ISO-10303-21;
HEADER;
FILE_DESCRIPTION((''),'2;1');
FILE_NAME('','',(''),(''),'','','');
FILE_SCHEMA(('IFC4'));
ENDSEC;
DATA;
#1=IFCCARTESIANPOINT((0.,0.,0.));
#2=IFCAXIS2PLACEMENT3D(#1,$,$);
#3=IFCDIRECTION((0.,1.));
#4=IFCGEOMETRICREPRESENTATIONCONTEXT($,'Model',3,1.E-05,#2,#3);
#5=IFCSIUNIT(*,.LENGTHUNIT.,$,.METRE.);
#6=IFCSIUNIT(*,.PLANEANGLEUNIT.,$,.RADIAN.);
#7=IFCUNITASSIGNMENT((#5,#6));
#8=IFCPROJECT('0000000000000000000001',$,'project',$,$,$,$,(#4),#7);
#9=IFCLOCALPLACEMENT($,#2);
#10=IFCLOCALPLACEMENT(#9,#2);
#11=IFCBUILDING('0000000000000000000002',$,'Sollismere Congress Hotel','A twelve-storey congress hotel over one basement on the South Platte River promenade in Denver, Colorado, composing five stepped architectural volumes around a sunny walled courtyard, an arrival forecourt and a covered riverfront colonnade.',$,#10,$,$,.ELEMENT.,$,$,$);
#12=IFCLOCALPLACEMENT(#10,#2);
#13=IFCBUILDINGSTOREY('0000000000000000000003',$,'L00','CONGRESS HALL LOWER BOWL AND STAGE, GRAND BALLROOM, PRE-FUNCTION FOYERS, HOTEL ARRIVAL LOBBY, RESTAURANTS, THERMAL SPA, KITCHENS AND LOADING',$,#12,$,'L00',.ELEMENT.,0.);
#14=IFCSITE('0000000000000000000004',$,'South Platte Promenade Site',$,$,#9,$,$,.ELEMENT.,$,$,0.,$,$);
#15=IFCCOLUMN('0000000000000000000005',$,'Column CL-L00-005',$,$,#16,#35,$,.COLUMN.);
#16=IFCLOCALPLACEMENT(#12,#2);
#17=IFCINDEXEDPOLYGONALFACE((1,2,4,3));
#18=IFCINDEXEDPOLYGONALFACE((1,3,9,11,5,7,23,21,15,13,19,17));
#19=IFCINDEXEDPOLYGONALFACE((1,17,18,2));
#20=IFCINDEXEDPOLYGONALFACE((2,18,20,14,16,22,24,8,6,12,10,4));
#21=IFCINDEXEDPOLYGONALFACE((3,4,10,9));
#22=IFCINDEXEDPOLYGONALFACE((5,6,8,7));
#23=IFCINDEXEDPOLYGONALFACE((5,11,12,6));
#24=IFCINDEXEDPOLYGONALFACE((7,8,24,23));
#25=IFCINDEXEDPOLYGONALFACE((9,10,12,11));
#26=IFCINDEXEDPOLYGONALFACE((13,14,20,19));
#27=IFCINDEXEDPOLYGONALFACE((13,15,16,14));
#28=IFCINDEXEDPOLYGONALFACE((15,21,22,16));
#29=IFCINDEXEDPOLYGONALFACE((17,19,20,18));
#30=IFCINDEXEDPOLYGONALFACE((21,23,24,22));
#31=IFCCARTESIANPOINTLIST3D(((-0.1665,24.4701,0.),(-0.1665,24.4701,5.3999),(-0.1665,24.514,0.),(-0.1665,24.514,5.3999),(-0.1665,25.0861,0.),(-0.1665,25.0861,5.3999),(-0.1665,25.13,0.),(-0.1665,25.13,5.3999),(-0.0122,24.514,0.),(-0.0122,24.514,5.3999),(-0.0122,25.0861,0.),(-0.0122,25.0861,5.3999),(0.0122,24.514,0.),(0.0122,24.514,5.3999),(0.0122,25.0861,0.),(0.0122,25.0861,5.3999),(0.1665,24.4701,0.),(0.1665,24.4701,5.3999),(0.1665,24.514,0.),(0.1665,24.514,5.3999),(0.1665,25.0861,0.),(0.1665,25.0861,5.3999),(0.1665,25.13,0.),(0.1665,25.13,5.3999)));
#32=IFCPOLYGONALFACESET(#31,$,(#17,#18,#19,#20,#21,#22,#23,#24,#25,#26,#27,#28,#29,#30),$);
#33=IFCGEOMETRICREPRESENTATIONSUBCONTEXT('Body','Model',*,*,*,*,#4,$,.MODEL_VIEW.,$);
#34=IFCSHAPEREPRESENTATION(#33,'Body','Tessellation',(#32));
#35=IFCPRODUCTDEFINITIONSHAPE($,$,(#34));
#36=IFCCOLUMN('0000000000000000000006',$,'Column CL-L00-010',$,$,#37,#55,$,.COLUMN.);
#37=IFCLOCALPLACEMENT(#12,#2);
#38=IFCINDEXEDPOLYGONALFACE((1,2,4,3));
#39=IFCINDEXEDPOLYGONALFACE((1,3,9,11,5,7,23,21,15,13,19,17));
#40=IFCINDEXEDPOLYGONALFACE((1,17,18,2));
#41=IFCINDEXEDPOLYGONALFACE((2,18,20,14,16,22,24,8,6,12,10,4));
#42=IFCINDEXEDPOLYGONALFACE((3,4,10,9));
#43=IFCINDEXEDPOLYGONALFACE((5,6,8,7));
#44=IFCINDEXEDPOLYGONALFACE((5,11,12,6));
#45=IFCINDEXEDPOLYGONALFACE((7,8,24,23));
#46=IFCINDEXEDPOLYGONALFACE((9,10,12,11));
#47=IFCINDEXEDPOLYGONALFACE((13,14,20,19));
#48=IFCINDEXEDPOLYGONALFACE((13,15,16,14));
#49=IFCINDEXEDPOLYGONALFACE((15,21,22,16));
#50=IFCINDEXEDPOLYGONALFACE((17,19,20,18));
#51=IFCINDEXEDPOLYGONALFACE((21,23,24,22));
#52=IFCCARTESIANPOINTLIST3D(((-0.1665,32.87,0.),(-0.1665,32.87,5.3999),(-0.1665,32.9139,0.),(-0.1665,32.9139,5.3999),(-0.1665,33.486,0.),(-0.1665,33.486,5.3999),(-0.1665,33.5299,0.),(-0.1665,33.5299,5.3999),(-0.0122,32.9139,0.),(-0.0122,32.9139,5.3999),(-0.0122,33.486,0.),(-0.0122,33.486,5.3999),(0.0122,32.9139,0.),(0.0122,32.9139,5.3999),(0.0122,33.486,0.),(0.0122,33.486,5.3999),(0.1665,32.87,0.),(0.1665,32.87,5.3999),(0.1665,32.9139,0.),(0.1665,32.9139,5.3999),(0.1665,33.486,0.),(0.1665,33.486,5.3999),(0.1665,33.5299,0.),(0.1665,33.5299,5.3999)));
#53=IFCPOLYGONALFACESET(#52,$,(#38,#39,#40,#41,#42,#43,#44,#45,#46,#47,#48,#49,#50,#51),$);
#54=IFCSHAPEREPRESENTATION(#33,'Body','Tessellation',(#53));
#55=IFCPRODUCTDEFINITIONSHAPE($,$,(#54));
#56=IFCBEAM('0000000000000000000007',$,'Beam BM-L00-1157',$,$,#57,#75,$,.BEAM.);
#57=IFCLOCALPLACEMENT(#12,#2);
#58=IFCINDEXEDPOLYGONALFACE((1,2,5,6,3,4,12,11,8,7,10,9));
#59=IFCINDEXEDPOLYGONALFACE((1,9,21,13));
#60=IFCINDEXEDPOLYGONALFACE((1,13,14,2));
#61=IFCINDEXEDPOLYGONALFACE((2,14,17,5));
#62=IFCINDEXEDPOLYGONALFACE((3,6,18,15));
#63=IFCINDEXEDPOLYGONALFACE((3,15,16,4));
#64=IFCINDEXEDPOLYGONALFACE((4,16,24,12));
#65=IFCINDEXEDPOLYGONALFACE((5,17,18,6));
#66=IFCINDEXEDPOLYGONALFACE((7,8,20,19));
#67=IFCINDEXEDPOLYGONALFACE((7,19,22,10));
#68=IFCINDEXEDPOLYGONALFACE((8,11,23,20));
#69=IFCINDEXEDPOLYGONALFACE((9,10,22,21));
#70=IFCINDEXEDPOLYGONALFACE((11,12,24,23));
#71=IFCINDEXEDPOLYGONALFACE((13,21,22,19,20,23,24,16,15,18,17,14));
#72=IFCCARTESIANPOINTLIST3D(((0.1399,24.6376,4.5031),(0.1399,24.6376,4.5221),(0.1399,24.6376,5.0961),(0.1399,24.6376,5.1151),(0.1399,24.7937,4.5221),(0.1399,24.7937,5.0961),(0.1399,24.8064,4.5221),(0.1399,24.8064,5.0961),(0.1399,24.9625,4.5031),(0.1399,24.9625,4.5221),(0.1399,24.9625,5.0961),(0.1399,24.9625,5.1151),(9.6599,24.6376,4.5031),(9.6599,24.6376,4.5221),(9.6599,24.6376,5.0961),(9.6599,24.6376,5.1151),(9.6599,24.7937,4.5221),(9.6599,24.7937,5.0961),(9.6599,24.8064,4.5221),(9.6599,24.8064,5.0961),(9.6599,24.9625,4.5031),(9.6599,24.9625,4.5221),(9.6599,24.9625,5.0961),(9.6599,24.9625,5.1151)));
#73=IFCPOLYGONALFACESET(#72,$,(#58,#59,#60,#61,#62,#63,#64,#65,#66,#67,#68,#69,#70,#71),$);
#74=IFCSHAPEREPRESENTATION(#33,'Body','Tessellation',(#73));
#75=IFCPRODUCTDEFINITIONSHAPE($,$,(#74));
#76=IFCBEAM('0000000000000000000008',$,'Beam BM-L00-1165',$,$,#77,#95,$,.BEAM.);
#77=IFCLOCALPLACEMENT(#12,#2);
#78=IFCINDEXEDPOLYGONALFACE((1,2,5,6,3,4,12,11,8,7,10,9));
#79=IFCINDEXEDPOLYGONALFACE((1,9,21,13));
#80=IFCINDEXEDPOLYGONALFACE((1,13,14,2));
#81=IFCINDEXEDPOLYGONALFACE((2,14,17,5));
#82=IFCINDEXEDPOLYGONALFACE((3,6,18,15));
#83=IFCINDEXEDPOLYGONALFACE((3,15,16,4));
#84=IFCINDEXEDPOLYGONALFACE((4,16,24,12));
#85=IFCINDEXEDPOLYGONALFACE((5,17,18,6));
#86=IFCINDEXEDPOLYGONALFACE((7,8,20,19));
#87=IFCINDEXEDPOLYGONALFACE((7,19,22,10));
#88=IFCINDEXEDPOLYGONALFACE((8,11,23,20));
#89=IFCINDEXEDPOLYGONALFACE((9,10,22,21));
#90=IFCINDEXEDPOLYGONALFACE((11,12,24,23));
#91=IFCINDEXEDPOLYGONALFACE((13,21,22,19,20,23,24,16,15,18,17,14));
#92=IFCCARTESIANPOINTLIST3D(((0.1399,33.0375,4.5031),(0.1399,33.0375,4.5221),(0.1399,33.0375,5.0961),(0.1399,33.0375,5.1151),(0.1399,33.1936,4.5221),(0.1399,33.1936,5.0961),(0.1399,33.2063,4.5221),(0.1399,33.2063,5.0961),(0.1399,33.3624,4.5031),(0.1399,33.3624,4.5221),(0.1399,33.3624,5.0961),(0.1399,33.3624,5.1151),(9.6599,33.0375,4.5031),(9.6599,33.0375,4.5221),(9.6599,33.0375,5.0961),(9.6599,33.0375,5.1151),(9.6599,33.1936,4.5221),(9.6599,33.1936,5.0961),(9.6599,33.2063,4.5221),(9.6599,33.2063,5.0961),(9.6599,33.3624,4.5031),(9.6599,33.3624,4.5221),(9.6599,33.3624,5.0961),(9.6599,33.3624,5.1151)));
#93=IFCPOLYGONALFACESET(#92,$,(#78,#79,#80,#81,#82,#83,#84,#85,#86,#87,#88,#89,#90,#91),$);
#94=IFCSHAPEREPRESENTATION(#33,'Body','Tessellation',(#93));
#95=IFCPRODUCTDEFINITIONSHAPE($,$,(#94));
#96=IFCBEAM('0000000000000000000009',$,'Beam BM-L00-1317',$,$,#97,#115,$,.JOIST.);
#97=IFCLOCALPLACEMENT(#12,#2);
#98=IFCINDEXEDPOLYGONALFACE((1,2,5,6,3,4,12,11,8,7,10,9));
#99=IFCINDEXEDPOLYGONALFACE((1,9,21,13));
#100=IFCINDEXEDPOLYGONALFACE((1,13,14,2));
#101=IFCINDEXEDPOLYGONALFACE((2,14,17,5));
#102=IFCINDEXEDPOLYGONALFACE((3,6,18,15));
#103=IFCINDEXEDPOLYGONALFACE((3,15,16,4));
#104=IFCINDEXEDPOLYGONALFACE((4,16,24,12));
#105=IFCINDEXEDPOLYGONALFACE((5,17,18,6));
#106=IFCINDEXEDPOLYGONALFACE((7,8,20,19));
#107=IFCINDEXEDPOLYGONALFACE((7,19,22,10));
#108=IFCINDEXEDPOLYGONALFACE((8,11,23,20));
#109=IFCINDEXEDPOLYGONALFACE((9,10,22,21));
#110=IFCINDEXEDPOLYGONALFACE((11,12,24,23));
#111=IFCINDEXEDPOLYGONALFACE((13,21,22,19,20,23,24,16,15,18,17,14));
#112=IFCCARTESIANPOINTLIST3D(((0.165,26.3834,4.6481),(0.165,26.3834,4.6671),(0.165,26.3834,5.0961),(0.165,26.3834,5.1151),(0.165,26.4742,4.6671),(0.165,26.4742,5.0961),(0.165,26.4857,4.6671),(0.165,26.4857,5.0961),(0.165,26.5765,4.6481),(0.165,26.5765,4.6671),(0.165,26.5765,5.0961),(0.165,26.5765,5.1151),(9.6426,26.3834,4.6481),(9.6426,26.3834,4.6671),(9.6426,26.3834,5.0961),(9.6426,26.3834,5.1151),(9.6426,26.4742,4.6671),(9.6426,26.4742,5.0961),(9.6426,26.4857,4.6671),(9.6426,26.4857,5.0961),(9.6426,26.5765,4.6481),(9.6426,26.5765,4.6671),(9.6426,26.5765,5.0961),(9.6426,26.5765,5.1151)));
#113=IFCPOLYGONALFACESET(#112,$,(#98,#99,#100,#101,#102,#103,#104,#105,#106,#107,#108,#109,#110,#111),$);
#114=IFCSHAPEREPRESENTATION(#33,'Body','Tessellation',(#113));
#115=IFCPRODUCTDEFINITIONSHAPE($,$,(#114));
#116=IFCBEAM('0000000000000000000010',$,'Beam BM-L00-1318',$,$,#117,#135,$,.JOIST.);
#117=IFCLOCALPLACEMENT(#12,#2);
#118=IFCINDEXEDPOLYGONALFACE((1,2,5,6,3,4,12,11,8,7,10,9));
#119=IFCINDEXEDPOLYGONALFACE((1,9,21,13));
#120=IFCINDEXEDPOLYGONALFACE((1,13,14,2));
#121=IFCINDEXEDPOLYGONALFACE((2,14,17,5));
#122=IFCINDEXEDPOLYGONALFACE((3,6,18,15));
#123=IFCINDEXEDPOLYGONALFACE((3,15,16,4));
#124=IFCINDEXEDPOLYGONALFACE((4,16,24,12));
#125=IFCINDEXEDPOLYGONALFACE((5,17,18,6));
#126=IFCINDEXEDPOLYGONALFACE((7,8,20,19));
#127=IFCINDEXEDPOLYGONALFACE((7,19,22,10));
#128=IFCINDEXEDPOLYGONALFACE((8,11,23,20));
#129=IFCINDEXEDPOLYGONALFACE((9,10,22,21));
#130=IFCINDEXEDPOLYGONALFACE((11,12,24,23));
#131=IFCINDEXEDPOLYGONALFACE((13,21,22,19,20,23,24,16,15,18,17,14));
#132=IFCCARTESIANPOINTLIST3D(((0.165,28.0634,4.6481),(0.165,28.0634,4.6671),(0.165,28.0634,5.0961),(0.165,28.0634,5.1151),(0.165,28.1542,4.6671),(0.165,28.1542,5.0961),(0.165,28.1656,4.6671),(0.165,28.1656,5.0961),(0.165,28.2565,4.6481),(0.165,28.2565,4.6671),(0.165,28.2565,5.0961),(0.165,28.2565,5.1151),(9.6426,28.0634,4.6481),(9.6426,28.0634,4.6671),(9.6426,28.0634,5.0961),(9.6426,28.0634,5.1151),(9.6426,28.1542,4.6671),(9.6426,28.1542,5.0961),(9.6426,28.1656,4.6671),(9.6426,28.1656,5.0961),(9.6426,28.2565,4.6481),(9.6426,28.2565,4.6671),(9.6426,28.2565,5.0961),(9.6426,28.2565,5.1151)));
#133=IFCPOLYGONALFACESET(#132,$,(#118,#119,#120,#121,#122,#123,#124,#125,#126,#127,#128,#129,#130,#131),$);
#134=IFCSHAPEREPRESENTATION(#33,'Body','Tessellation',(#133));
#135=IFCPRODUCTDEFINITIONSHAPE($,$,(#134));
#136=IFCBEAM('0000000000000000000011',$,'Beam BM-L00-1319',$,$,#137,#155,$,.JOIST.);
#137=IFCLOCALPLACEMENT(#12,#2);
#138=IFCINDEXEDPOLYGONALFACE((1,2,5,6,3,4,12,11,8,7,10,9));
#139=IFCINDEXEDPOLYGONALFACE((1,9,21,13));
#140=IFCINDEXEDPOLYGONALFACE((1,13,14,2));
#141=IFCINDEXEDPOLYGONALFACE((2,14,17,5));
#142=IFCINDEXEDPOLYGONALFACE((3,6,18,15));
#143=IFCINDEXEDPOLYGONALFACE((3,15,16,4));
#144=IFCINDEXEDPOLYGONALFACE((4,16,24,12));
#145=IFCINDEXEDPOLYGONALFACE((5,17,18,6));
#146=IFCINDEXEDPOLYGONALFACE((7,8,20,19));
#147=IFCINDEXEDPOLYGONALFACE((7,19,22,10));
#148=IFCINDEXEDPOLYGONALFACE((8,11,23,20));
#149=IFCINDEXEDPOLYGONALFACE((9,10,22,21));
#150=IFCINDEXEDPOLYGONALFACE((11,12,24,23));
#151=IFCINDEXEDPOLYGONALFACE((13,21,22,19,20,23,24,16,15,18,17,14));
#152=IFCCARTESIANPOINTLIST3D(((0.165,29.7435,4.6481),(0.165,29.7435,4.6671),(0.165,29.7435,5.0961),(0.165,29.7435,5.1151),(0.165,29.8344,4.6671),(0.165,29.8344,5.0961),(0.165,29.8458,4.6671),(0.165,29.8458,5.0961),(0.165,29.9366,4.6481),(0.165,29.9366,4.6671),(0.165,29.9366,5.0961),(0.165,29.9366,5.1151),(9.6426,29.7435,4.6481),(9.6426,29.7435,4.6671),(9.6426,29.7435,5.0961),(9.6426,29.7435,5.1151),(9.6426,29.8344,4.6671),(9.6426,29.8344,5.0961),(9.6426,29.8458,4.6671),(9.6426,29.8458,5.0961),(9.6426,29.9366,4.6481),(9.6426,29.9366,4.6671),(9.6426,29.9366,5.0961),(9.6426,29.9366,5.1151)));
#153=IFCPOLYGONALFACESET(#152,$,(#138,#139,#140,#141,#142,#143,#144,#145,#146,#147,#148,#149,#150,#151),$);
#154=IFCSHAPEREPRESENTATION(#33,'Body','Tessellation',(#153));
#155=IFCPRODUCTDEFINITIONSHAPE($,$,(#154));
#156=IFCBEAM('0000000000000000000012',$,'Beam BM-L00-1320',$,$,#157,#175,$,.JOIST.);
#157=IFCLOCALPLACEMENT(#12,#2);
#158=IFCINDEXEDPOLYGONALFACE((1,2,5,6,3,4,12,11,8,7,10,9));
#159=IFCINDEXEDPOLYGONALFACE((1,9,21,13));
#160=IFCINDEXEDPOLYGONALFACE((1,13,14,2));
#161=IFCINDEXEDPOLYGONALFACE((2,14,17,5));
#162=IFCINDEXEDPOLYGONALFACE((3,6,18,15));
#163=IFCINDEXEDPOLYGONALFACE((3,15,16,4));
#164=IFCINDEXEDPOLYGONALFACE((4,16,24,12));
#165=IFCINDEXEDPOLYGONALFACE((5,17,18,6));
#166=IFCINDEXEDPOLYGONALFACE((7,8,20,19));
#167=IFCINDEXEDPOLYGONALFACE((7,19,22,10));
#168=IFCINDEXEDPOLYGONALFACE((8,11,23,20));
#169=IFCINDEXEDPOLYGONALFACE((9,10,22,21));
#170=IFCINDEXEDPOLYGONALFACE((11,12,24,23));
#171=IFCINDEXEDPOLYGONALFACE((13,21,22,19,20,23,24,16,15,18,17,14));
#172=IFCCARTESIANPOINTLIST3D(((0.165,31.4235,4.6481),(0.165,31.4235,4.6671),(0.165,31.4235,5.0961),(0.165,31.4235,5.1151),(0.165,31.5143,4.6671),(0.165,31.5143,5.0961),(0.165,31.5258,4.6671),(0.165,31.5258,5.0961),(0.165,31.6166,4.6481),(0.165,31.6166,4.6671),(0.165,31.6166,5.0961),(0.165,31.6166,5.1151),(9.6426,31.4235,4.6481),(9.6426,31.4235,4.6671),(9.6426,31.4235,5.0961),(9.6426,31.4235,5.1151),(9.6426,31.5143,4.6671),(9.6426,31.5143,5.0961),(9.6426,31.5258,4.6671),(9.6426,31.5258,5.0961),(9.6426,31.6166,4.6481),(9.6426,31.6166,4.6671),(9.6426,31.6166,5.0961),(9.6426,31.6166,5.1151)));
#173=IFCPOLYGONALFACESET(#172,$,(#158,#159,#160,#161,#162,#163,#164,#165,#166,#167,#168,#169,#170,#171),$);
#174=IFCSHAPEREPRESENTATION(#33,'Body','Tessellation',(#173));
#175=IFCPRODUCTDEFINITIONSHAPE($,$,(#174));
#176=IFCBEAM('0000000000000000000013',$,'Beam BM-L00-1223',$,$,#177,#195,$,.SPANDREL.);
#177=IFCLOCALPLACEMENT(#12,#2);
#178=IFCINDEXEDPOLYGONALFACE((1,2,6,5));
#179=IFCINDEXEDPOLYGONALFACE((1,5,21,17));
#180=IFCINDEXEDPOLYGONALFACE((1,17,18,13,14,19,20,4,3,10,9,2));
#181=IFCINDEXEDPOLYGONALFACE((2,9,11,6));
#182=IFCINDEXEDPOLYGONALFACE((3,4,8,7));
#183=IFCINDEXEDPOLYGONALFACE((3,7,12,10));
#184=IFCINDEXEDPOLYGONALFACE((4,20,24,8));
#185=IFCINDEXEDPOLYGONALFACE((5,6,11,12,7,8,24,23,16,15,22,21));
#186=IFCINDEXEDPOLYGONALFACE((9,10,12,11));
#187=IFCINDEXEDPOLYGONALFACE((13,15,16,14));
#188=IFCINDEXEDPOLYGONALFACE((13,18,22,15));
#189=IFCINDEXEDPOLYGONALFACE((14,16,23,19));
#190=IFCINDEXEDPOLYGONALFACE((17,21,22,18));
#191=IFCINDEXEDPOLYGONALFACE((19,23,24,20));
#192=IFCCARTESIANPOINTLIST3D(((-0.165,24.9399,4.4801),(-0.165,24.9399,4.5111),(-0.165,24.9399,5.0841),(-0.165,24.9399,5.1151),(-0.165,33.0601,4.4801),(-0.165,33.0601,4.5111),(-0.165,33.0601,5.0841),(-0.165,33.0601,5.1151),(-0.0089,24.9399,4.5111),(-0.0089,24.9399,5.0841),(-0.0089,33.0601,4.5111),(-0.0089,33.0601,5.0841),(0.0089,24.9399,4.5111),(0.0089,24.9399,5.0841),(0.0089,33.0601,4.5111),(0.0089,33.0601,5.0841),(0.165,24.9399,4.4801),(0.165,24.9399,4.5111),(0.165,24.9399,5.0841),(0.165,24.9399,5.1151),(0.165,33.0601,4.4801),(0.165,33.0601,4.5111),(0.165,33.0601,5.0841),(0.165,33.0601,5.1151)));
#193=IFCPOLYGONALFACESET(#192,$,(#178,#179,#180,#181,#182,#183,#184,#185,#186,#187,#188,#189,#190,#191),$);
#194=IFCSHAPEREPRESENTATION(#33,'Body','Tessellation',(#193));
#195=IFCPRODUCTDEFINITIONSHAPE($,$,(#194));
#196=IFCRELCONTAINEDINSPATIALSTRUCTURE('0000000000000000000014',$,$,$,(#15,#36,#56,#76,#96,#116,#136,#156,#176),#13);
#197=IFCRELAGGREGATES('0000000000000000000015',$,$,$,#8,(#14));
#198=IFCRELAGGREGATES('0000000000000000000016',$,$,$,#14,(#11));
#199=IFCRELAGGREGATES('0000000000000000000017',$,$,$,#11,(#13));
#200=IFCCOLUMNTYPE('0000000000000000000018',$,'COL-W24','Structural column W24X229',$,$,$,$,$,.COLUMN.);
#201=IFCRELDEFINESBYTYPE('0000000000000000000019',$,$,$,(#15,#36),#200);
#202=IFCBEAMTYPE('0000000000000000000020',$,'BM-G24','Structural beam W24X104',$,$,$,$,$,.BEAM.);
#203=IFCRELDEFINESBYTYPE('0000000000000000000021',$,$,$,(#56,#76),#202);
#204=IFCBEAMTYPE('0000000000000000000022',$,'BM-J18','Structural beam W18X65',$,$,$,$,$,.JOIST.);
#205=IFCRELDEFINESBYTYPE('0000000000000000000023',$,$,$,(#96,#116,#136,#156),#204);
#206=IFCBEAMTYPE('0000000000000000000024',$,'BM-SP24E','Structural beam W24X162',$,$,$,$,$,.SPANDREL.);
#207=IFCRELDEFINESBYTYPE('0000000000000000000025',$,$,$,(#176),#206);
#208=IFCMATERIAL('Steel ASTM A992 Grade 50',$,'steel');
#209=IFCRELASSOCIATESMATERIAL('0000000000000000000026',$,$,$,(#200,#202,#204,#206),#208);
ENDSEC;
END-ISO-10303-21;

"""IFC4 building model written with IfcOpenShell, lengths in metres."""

from ifc_helpers import new_model, si_unit, direction, frame, origin, origin_2d, place, context, subcontext, project, spatial, i_section, extrude, material, material_profile, profile_set, type_object, element, save


model = new_model("IFC4")

# Units and contexts
model_context = context("Model", 3, precision=1e-05, world=origin(), true_north=direction((0.0, 1.0)))
body_context = subcontext(model_context, "Body", "Model", "MODEL_VIEW")
ifc_project = project(units=[si_unit("LENGTHUNIT", "METRE"), si_unit("PLANEANGLEUNIT", "RADIAN")], contexts=[model_context])

# Site, building, storey
site_placement = place(None, origin())
site = spatial("IfcSite", under=ifc_project, at=site_placement, Name="South Platte Promenade Site", CompositionType="ELEMENT", RefElevation=0.0)
building_placement = place(site_placement, origin())
building = spatial("IfcBuilding", under=site, at=building_placement, Name="Sollismere Congress Hotel", Description="A twelve-storey congress hotel over one basement on the South Platte River promenade in Denver, Colorado, composing five stepped architectural volumes around a sunny walled courtyard, an arrival forecourt and a covered riverfront colonnade.", CompositionType="ELEMENT")
storey_placement = place(building_placement, origin())
storey = spatial("IfcBuildingStorey", under=building, at=storey_placement, Name="L00", Description="CONGRESS HALL LOWER BOWL AND STAGE, GRAND BALLROOM, PRE-FUNCTION FOYERS, HOTEL ARRIVAL LOBBY, RESTAURANTS, THERMAL SPA, KITCHENS AND LOADING", LongName="L00", CompositionType="ELEMENT", Elevation=0.0)

# Columns
ifc_material_1 = material(Name="Steel ASTM A992 Grade 50", Category="steel")
ifc_material_profile_1 = material_profile(ifc_material_1, i_section(OverallWidth=0.333, OverallDepth=0.6599, WebThickness=0.0244, FlangeThickness=0.0439, at=origin_2d()), Name="W24X229")
ifc_profile_set_1 = profile_set([ifc_material_profile_1], Name="Steel ASTM A992 Grade 50")
column_type = type_object("IfcColumnType", Name="COL-W24", Description="Structural column W24X229", PredefinedType="COLUMN", material=ifc_profile_set_1)
for number, where, z_axis, x_axis, name in (
    (1, (0.0, 24.8, 0.0), (0.0, 0.0, 1.0), (1.0, 0.0, 0.0), "Column CL-L00-005"),
    (2, (0.0, 33.2, 0.0), (0.0, 0.0, 1.0), (1.0, 0.0, 0.0), "Column CL-L00-010"),
):
    element("IfcColumn", number, at=place(storey_placement, frame(where, z_axis=z_axis, x_axis=x_axis)), inside=storey, type_object=column_type, Name=name, PredefinedType="COLUMN", context=body_context, shape_type="SweptSolid", body=[
        extrude(i_section(OverallWidth=0.333, OverallDepth=0.6599, WebThickness=0.0244, FlangeThickness=0.0439, at=origin_2d()), origin(), (0.0, 0.0, 1.0), 5.3999),
    ])

# Beams
ifc_material_profile_2 = material_profile(ifc_material_1, i_section(OverallWidth=0.325, OverallDepth=0.6121, WebThickness=0.0127, FlangeThickness=0.019, at=origin_2d()), Name="W24X104")
ifc_profile_set_2 = profile_set([ifc_material_profile_2], Name="Steel ASTM A992 Grade 50")
beam_type_1 = type_object("IfcBeamType", Name="BM-G24", Description="Structural beam W24X104", PredefinedType="BEAM", material=ifc_profile_set_2)
for number, where, z_axis, x_axis, name in (
    (3, (0.1399, 24.8, 4.8091), (1.0, 0.0, 0.0), (0.0, 1.0, 0.0), "Beam BM-L00-1157"),
    (4, (0.1399, 33.2, 4.8091), (1.0, 0.0, 0.0), (0.0, 1.0, 0.0), "Beam BM-L00-1165"),
):
    element("IfcBeam", number, at=place(storey_placement, frame(where, z_axis=z_axis, x_axis=x_axis)), inside=storey, type_object=beam_type_1, Name=name, PredefinedType="BEAM", context=body_context, shape_type="SweptSolid", body=[
        extrude(i_section(OverallWidth=0.325, OverallDepth=0.6121, WebThickness=0.0127, FlangeThickness=0.019, at=origin_2d()), origin(), (0.0, 0.0, 1.0), 9.52),
    ])
ifc_material_profile_3 = material_profile(ifc_material_1, i_section(OverallWidth=0.1931, OverallDepth=0.467, WebThickness=0.0115, FlangeThickness=0.019, at=origin_2d()), Name="W18X65")
ifc_profile_set_3 = profile_set([ifc_material_profile_3], Name="Steel ASTM A992 Grade 50")
beam_type_2 = type_object("IfcBeamType", Name="BM-J18", Description="Structural beam W18X65", PredefinedType="JOIST", material=ifc_profile_set_3)
for number, where, z_axis, x_axis, name in (
    (5, (0.165, 26.48, 4.8816), (1.0, 0.0, 0.0), (0.0, 1.0, 0.0), "Beam BM-L00-1317"),
    (6, (0.165, 28.1599, 4.8816), (1.0, 0.0, 0.0), (0.0, 1.0, 0.0), "Beam BM-L00-1318"),
    (7, (0.165, 29.8401, 4.8816), (1.0, 0.0, 0.0), (0.0, 1.0, 0.0), "Beam BM-L00-1319"),
    (8, (0.165, 31.52, 4.8816), (1.0, 0.0, 0.0), (0.0, 1.0, 0.0), "Beam BM-L00-1320"),
):
    element("IfcBeam", number, at=place(storey_placement, frame(where, z_axis=z_axis, x_axis=x_axis)), inside=storey, type_object=beam_type_2, Name=name, PredefinedType="JOIST", context=body_context, shape_type="SweptSolid", body=[
        extrude(i_section(OverallWidth=0.1931, OverallDepth=0.467, WebThickness=0.0115, FlangeThickness=0.019, at=origin_2d()), origin(), (0.0, 0.0, 1.0), 9.4775),
    ])
ifc_material_profile_4 = material_profile(ifc_material_1, i_section(OverallWidth=0.3301, OverallDepth=0.635, WebThickness=0.0178, FlangeThickness=0.031, at=origin_2d()), Name="W24X162")
ifc_profile_set_4 = profile_set([ifc_material_profile_4], Name="Steel ASTM A992 Grade 50")
beam_type_3 = type_object("IfcBeamType", Name="BM-SP24E", Description="Structural beam W24X162", PredefinedType="SPANDREL", material=ifc_profile_set_4)
beam_1_placement = place(storey_placement, frame((0.0, 24.9399, 4.7976), z_axis=(0.0, 1.0, 0.0), x_axis=(-1.0, 0.0, 0.0)))
element("IfcBeam", 9, at=beam_1_placement, inside=storey, type_object=beam_type_3, Name="Beam BM-L00-1223", PredefinedType="SPANDREL", context=body_context, shape_type="SweptSolid", body=[
    extrude(i_section(OverallWidth=0.3301, OverallDepth=0.635, WebThickness=0.0178, FlangeThickness=0.031, at=origin_2d()), origin(), (0.0, 0.0, 1.0), 8.1201),
])

save(model, "model.ifc")
